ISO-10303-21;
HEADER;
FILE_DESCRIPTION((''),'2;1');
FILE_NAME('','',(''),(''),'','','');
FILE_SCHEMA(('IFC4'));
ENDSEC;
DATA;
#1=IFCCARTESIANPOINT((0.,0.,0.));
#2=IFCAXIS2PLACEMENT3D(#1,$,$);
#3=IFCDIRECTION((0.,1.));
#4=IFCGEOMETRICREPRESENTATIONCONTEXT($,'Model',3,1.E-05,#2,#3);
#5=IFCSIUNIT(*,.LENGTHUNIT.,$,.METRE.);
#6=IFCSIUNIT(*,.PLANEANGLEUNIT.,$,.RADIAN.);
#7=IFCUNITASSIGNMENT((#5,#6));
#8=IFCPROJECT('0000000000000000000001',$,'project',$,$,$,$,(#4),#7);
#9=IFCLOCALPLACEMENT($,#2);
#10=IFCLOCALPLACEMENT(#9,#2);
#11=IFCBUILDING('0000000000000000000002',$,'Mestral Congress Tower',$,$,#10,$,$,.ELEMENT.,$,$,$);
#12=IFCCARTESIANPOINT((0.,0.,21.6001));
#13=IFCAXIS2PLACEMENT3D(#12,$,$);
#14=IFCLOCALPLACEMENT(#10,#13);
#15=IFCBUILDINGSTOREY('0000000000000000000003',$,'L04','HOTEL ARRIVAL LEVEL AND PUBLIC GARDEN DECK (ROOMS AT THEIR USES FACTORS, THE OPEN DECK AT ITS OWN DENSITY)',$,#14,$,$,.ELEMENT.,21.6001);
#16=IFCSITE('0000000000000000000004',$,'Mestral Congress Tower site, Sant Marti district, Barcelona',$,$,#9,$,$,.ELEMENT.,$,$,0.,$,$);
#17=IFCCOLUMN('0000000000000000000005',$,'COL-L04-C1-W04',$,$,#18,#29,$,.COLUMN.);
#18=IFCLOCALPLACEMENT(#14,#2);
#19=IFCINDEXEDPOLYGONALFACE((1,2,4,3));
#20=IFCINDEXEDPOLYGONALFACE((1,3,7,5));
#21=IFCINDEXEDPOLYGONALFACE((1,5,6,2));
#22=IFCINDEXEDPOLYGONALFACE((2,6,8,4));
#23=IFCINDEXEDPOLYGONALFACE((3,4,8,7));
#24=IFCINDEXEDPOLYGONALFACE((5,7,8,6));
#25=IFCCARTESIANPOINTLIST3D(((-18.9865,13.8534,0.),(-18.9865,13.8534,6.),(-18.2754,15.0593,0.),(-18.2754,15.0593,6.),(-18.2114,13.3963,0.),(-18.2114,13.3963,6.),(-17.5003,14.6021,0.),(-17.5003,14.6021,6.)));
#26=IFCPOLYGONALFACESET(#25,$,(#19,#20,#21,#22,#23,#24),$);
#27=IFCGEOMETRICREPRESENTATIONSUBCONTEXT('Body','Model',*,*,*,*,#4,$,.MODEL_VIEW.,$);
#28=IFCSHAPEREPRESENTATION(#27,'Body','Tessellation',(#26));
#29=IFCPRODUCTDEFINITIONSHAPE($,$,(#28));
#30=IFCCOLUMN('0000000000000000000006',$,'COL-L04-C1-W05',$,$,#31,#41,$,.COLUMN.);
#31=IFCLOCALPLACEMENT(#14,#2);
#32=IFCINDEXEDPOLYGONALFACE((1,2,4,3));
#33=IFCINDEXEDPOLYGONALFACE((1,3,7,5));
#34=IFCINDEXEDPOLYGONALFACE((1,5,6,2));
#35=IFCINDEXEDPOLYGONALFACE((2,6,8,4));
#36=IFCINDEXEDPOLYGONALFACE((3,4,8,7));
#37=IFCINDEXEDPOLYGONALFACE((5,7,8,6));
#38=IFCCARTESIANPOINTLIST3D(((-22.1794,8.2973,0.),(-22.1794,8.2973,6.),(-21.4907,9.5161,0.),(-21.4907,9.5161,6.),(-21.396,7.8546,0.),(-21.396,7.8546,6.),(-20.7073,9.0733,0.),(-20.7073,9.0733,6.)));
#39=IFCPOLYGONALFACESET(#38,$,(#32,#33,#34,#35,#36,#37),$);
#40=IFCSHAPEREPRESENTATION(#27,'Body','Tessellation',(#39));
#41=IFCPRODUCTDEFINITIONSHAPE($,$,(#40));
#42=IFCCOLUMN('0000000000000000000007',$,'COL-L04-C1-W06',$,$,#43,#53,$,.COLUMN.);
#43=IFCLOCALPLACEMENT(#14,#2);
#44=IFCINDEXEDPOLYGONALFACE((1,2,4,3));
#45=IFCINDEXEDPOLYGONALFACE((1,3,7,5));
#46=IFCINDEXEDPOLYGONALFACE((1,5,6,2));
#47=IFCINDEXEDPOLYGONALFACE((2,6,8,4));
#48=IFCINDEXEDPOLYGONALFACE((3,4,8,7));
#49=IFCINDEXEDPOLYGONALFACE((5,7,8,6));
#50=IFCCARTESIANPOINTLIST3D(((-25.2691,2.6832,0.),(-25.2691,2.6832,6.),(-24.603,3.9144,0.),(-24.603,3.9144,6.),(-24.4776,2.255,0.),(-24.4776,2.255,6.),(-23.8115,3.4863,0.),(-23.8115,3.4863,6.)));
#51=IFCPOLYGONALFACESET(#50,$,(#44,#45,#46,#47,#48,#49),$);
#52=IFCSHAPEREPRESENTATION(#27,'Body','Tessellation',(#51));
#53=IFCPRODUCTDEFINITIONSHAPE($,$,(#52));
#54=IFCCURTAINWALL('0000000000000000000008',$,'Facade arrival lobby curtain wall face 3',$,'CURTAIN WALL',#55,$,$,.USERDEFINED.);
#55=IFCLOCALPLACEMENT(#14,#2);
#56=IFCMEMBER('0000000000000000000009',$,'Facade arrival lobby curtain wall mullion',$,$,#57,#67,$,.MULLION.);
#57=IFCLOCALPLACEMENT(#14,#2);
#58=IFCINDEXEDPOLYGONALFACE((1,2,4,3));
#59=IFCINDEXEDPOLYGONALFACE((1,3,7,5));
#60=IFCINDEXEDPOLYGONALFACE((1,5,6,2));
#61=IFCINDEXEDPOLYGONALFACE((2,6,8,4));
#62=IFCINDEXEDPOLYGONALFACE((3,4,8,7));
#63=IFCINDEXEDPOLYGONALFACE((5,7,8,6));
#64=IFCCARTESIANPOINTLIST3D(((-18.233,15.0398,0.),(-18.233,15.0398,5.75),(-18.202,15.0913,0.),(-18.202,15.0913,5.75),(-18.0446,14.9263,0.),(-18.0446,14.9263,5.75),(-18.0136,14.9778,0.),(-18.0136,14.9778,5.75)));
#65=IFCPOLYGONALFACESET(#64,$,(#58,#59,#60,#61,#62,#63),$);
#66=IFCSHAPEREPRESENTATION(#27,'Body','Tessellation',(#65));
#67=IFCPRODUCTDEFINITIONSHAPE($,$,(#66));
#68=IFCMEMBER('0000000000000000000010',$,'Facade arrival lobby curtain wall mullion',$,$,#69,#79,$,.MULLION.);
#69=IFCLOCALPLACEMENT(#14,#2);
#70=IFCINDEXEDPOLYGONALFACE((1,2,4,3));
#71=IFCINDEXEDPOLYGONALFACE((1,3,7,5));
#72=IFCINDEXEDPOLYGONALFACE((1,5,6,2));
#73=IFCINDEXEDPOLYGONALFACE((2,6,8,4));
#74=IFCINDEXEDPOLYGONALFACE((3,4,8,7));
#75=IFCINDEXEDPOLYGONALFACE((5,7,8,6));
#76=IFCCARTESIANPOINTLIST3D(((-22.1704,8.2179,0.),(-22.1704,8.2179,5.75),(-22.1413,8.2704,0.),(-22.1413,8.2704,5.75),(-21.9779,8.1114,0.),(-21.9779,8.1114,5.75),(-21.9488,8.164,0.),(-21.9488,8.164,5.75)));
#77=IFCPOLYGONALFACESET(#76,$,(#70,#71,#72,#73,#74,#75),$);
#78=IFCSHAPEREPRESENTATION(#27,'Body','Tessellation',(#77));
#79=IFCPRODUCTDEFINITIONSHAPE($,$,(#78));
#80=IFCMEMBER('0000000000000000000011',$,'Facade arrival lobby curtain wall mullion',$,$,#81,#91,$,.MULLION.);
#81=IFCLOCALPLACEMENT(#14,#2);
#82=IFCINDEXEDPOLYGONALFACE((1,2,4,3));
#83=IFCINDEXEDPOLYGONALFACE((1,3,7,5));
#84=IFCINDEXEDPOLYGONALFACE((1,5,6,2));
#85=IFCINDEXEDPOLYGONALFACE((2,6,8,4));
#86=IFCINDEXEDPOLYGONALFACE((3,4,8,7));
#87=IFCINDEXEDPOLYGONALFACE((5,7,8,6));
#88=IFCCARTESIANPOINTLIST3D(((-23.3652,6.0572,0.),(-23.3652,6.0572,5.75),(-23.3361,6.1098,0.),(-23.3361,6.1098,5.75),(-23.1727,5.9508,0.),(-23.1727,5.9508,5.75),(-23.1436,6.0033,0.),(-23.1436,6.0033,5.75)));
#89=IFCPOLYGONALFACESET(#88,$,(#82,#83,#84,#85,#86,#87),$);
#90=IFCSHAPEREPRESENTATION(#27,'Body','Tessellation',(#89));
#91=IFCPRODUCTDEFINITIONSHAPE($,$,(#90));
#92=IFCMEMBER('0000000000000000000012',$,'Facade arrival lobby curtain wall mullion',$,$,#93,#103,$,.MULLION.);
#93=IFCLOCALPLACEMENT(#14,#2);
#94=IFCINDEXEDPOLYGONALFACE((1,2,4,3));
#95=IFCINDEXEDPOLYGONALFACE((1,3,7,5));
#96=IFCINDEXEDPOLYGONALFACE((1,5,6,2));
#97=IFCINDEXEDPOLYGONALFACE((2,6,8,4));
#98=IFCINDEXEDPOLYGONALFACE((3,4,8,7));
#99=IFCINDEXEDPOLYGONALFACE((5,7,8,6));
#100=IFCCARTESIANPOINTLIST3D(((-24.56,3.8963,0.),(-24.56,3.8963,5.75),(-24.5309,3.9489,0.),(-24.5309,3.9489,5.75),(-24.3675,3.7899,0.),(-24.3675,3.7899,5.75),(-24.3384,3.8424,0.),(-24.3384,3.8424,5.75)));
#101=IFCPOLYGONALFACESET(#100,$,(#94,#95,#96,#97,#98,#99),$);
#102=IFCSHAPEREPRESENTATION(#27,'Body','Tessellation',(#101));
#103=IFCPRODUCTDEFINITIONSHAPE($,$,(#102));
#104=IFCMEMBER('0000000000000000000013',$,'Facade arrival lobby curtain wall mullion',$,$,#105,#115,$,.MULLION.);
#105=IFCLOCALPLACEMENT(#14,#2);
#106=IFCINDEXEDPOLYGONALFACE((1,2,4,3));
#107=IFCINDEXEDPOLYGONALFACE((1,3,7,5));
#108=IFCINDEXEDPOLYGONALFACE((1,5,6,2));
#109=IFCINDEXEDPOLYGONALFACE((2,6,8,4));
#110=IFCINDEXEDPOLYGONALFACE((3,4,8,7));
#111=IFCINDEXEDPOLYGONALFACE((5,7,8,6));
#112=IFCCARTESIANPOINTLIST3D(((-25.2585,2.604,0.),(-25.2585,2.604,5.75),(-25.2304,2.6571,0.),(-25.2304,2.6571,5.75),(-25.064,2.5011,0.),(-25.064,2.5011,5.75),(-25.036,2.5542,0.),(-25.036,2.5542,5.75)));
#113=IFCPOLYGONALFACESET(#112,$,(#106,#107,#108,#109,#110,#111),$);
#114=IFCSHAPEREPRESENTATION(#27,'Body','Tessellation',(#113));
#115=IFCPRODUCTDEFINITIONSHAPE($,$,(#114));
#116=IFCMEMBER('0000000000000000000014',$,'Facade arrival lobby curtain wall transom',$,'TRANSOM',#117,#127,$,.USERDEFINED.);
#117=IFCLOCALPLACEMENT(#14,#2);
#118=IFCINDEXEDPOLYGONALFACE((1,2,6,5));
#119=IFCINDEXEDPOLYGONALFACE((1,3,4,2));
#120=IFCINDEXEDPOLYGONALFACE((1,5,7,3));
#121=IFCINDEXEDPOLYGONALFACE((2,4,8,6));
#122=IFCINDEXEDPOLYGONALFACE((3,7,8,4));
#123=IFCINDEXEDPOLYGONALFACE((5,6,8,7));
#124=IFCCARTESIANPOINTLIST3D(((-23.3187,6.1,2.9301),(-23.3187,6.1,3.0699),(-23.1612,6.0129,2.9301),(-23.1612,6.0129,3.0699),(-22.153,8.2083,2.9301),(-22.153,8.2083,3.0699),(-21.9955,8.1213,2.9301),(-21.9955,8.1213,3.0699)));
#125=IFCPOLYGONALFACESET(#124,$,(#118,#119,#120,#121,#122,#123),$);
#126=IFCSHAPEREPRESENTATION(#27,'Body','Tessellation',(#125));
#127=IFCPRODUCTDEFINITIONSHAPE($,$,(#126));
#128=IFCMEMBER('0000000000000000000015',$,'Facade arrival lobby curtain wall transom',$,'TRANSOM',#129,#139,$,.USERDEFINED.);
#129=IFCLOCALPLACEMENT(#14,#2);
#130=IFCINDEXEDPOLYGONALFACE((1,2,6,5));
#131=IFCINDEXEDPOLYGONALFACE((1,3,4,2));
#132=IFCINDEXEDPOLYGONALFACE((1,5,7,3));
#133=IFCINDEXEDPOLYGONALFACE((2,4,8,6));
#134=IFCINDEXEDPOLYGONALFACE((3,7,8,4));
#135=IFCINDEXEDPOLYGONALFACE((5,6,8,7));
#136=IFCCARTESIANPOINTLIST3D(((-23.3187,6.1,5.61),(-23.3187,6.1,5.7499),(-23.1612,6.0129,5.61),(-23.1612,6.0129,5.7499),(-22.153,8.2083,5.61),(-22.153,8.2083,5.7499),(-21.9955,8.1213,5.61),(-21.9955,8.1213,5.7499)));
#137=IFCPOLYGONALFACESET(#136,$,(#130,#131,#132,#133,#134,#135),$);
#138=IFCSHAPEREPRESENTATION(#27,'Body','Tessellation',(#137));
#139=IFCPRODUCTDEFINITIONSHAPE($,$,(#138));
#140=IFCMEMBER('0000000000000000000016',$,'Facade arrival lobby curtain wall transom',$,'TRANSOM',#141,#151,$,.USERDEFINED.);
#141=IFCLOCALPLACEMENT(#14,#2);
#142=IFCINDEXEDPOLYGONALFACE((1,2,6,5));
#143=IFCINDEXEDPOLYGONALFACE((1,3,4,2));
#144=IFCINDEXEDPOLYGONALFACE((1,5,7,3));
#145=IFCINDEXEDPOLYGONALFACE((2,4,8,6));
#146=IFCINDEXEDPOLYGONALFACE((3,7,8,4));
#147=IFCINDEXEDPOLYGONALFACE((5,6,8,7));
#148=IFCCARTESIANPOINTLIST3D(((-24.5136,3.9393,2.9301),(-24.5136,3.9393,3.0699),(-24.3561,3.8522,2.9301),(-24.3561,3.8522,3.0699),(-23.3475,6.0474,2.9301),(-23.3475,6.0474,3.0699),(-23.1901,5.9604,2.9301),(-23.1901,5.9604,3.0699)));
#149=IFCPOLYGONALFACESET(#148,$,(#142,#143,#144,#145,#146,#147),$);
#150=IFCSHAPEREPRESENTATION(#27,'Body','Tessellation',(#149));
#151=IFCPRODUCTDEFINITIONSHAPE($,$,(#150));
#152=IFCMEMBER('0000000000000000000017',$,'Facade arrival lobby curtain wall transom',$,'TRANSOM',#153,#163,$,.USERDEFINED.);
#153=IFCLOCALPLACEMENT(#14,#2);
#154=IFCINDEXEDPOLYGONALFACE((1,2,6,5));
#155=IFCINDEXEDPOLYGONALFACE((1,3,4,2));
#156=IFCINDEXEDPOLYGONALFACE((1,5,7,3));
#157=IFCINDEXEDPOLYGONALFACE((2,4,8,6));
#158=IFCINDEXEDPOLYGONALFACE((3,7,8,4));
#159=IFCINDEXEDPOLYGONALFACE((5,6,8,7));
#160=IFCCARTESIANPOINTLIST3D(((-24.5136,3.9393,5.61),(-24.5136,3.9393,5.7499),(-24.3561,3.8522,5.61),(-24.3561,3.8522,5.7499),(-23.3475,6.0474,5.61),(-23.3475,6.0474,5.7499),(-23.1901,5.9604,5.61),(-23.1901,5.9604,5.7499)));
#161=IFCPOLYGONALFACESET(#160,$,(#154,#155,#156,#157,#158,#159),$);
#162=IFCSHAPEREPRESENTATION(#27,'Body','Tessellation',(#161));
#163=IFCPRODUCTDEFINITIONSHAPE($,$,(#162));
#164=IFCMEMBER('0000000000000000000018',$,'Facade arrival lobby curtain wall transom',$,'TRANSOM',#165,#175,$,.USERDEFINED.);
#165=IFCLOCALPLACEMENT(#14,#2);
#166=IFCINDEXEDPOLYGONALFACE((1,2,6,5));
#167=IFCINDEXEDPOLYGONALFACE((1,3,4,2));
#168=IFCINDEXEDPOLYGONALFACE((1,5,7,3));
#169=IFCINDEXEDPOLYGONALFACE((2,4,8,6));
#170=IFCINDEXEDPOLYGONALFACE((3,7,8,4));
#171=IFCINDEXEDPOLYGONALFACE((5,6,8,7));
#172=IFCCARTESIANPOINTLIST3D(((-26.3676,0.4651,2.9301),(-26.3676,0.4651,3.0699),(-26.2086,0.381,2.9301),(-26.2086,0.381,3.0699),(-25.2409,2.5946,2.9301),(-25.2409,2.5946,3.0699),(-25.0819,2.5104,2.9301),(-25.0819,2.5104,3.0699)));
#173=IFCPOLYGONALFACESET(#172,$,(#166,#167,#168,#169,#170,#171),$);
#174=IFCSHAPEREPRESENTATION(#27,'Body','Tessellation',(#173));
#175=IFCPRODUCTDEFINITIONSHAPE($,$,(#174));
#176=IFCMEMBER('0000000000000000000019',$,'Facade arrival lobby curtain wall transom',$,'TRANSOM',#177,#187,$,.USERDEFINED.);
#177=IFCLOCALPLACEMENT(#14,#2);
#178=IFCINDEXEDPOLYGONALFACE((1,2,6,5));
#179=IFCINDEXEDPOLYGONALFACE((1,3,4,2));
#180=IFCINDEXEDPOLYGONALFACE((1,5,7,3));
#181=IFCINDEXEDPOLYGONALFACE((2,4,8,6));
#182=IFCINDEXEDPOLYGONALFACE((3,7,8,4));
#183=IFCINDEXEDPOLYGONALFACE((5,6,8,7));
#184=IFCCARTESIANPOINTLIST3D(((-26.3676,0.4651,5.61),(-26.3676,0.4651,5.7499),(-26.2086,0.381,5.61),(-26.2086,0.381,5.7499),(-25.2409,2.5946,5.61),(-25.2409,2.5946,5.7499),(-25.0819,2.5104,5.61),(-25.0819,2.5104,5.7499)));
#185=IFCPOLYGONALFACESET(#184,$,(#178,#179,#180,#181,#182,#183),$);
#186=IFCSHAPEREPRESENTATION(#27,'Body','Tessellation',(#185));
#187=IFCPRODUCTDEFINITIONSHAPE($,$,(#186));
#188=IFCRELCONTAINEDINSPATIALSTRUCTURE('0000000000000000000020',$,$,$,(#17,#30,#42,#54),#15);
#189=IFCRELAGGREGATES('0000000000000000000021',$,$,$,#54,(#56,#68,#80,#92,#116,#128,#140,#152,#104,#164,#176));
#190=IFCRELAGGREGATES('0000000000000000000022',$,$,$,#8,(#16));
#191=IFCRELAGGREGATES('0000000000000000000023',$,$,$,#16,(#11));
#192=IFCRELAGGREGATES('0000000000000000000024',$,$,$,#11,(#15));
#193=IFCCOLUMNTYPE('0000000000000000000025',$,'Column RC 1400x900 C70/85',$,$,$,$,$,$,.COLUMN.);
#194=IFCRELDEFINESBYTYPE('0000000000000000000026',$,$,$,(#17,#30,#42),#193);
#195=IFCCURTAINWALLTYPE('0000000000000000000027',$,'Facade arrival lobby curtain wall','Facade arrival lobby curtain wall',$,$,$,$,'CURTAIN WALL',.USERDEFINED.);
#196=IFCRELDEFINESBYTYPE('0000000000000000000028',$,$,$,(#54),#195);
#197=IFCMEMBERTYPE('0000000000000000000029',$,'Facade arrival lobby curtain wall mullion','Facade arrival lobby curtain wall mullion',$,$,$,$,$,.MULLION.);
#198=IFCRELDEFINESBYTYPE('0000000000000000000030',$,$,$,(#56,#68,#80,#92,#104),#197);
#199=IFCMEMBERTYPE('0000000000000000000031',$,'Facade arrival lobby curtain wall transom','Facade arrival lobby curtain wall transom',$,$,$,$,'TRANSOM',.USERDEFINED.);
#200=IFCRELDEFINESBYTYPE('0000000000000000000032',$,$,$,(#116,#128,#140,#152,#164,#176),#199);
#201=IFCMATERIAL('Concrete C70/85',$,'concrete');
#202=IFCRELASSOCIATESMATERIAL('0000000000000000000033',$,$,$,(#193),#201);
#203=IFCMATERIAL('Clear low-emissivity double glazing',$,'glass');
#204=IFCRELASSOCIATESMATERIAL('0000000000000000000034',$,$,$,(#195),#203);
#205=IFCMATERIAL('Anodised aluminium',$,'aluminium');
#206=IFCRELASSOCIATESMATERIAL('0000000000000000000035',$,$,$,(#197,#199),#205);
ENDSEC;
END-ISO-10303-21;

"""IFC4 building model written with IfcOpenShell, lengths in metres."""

from ifc_helpers import new_model, si_unit, direction, frame, origin, origin_2d, place, context, subcontext, project, spatial, rectangle, extrude, material, material_profile, profile_set, type_object, element, aggregate, save


model = new_model("IFC4")

# Units and contexts
model_context = context("Model", 3, precision=1e-05, world=origin(), true_north=direction((0.0, 1.0)))
body_context = subcontext(model_context, "Body", "Model", "MODEL_VIEW")
ifc_project = project(units=[si_unit("LENGTHUNIT", "METRE"), si_unit("PLANEANGLEUNIT", "RADIAN")], contexts=[model_context])

# Site, building, storey
site_placement = place(None, origin())
site = spatial("IfcSite", under=ifc_project, at=site_placement, Name="Mestral Congress Tower site, Sant Marti district, Barcelona", CompositionType="ELEMENT", RefElevation=0.0)
building_placement = place(site_placement, origin())
building = spatial("IfcBuilding", under=site, at=building_placement, Name="Mestral Congress Tower", CompositionType="ELEMENT")
storey_placement = place(building_placement, frame((0.0, 0.0, 21.6001)))
storey = spatial("IfcBuildingStorey", under=building, at=storey_placement, Name="L04", Description="HOTEL ARRIVAL LEVEL AND PUBLIC GARDEN DECK (ROOMS AT THEIR USES FACTORS, THE OPEN DECK AT ITS OWN DENSITY)", CompositionType="ELEMENT", Elevation=21.6001)

# Columns
ifc_material_1 = material(Name="Concrete C70/85", Category="concrete")
ifc_material_profile_1 = material_profile(ifc_material_1, rectangle(XDim=1.3999, YDim=0.8999, at=origin_2d()), Name="RC 1400x900")
ifc_profile_set_1 = profile_set([ifc_material_profile_1], Name="Concrete C70/85")
column_type = type_object("IfcColumnType", Name="Column RC 1400x900 C70/85", PredefinedType="COLUMN", material=ifc_profile_set_1)
for number, where, z_axis, x_axis, name in (
    (1, (-18.2434, 14.2278, 0.0), (0.0, 0.0, 1.0), (-0.507983, -0.861367, 0.0), "COL-L04-C1-W04"),
    (2, (-21.4434, 8.6853, 0.0), (0.0, 0.0, 1.0), (-0.491974, -0.87061, 0.0), "COL-L04-C1-W05"),
    (3, (-24.5403, 3.0847, 0.0), (0.0, 0.0, 1.0), (-0.475796, -0.879556, 0.0), "COL-L04-C1-W06"),
):
    element("IfcColumn", number, at=place(storey_placement, frame(where, z_axis=z_axis, x_axis=x_axis)), inside=storey, type_object=column_type, Name=name, PredefinedType="COLUMN", context=body_context, shape_type="SweptSolid", body=[
        extrude(rectangle(XDim=1.3999, YDim=0.8999, at=origin_2d()), origin(), (0.0, 0.0, 1.0), 6.0),
    ])

# Curtain wall, members
ifc_material_2 = material(Name="Clear low-emissivity double glazing", Category="glass")
curtain_wall_type = type_object("IfcCurtainWallType", Name="Facade arrival lobby curtain wall", Description="Facade arrival lobby curtain wall", ElementType="CURTAIN WALL", PredefinedType="USERDEFINED", material=ifc_material_2)
curtain_wall_placement = place(storey_placement, origin())
curtain_wall = element("IfcCurtainWall", 4, at=curtain_wall_placement, inside=storey, type_object=curtain_wall_type, Name="Facade arrival lobby curtain wall face 3", ObjectType="CURTAIN WALL", PredefinedType="USERDEFINED")
ifc_material_3 = material(Name="Anodised aluminium", Category="aluminium")
ifc_material_profile_2 = material_profile(ifc_material_3, rectangle(XDim=0.22, YDim=0.0601, at=origin_2d()), Name="CW4 mullion 220 x 60")
ifc_profile_set_2 = profile_set([ifc_material_profile_2], Name="Anodised aluminium")
member_type_1 = type_object("IfcMemberType", Name="Facade arrival lobby curtain wall mullion", Description="Facade arrival lobby curtain wall mullion", PredefinedType="MULLION", material=ifc_profile_set_2)
member_1_placement = place(storey_placement, frame((-18.1233, 15.0088, 0.0), z_axis=(0.0, 0.0, 1.0), x_axis=(-0.856631, 0.515929, 0.0)))
member_1 = element("IfcMember", 5, at=member_1_placement, type_object=member_type_1, Name="Facade arrival lobby curtain wall mullion", PredefinedType="MULLION", context=body_context, shape_type="SweptSolid", body=[
    extrude(rectangle(XDim=0.22, YDim=0.0601, at=origin_2d()), origin(), (0.0, 0.0, 1.0), 5.75),
])
member_2_placement = place(storey_placement, frame((-22.0596, 8.1909, 0.0), z_axis=(0.0, 0.0, 1.0), x_axis=(-0.87512, 0.483906, 0.0)))
member_2 = element("IfcMember", 6, at=member_2_placement, type_object=member_type_1, Name="Facade arrival lobby curtain wall mullion", PredefinedType="MULLION", context=body_context, shape_type="SweptSolid", body=[
    extrude(rectangle(XDim=0.22, YDim=0.0601, at=origin_2d()), origin(), (0.0, 0.0, 1.0), 5.75),
])
member_3_placement = place(storey_placement, frame((-23.2544, 6.0303, 0.0), z_axis=(0.0, 0.0, 1.0), x_axis=(-0.87512, 0.483906, 0.0)))
member_3 = element("IfcMember", 7, at=member_3_placement, type_object=member_type_1, Name="Facade arrival lobby curtain wall mullion", PredefinedType="MULLION", context=body_context, shape_type="SweptSolid", body=[
    extrude(rectangle(XDim=0.22, YDim=0.0601, at=origin_2d()), origin(), (0.0, 0.0, 1.0), 5.75),
])
member_4_placement = place(storey_placement, frame((-24.4492, 3.8694, 0.0), z_axis=(0.0, 0.0, 1.0), x_axis=(-0.87512, 0.483906, 0.0)))
member_4 = element("IfcMember", 8, at=member_4_placement, type_object=member_type_1, Name="Facade arrival lobby curtain wall mullion", PredefinedType="MULLION", context=body_context, shape_type="SweptSolid", body=[
    extrude(rectangle(XDim=0.22, YDim=0.0601, at=origin_2d()), origin(), (0.0, 0.0, 1.0), 5.75),
])
member_5_placement = place(storey_placement, frame((-25.1472, 2.5791, 0.0), z_axis=(0.0, 0.0, 1.0), x_axis=(-0.883913, 0.467651, 0.0)))
member_5 = element("IfcMember", 9, at=member_5_placement, type_object=member_type_1, Name="Facade arrival lobby curtain wall mullion", PredefinedType="MULLION", context=body_context, shape_type="SweptSolid", body=[
    extrude(rectangle(XDim=0.22, YDim=0.0601, at=origin_2d()), origin(), (0.0, 0.0, 1.0), 5.75),
])
ifc_material_profile_3 = material_profile(ifc_material_3, rectangle(XDim=0.1799, YDim=0.1399, at=origin_2d()), Name="CW4 transom 180 x 140")
ifc_profile_set_3 = profile_set([ifc_material_profile_3], Name="Anodised aluminium")
member_type_2 = type_object("IfcMemberType", Name="Facade arrival lobby curtain wall transom", Description="Facade arrival lobby curtain wall transom", ElementType="TRANSOM", PredefinedType="USERDEFINED", material=ifc_profile_set_3)
member_6_placement = place(storey_placement, frame((-22.0742, 8.1648, 3.0), z_axis=(-0.483878, -0.875135, 0.0), x_axis=(0.875135, -0.483878, 0.0)))
member_6 = element("IfcMember", 10, at=member_6_placement, type_object=member_type_2, Name="Facade arrival lobby curtain wall transom", ObjectType="TRANSOM", PredefinedType="USERDEFINED", context=body_context, shape_type="SweptSolid", body=[
    extrude(rectangle(XDim=0.1799, YDim=0.1399, at=origin_2d()), origin(), (0.0, 0.0, 1.0), 2.4092),
])
member_7_placement = place(storey_placement, frame((-22.0742, 8.1648, 5.6799), z_axis=(-0.483878, -0.875135, 0.0), x_axis=(0.875135, -0.483878, 0.0)))
member_7 = element("IfcMember", 11, at=member_7_placement, type_object=member_type_2, Name="Facade arrival lobby curtain wall transom", ObjectType="TRANSOM", PredefinedType="USERDEFINED", context=body_context, shape_type="SweptSolid", body=[
    extrude(rectangle(XDim=0.1799, YDim=0.1399, at=origin_2d()), origin(), (0.0, 0.0, 1.0), 2.4092),
])
member_8_placement = place(storey_placement, frame((-23.2688, 6.0039, 3.0), z_axis=(-0.483999, -0.875069, 0.0), x_axis=(0.875069, -0.483999, 0.0)))
member_8 = element("IfcMember", 12, at=member_8_placement, type_object=member_type_2, Name="Facade arrival lobby curtain wall transom", ObjectType="TRANSOM", PredefinedType="USERDEFINED", context=body_context, shape_type="SweptSolid", body=[
    extrude(rectangle(XDim=0.1799, YDim=0.1399, at=origin_2d()), origin(), (0.0, 0.0, 1.0), 2.4092),
])
member_9_placement = place(storey_placement, frame((-23.2688, 6.0039, 5.6799), z_axis=(-0.483999, -0.875069, 0.0), x_axis=(0.875069, -0.483999, 0.0)))
member_9 = element("IfcMember", 13, at=member_9_placement, type_object=member_type_2, Name="Facade arrival lobby curtain wall transom", ObjectType="TRANSOM", PredefinedType="USERDEFINED", context=body_context, shape_type="SweptSolid", body=[
    extrude(rectangle(XDim=0.1799, YDim=0.1399, at=origin_2d()), origin(), (0.0, 0.0, 1.0), 2.4092),
])
member_10_placement = place(storey_placement, frame((-25.1614, 2.5525, 3.0), z_axis=(-0.467687, -0.883894, 0.0), x_axis=(0.883894, -0.467687, 0.0)))
member_10 = element("IfcMember", 14, at=member_10_placement, type_object=member_type_2, Name="Facade arrival lobby curtain wall transom", ObjectType="TRANSOM", PredefinedType="USERDEFINED", context=body_context, shape_type="SweptSolid", body=[
    extrude(rectangle(XDim=0.1799, YDim=0.1399, at=origin_2d()), origin(), (0.0, 0.0, 1.0), 2.4092),
])
member_11_placement = place(storey_placement, frame((-25.1614, 2.5525, 5.6799), z_axis=(-0.467687, -0.883894, 0.0), x_axis=(0.883894, -0.467687, 0.0)))
member_11 = element("IfcMember", 15, at=member_11_placement, type_object=member_type_2, Name="Facade arrival lobby curtain wall transom", ObjectType="TRANSOM", PredefinedType="USERDEFINED", context=body_context, shape_type="SweptSolid", body=[
    extrude(rectangle(XDim=0.1799, YDim=0.1399, at=origin_2d()), origin(), (0.0, 0.0, 1.0), 2.4092),
])

aggregate(curtain_wall, [member_1, member_2, member_3, member_4, member_6, member_7, member_8, member_9, member_5, member_10, member_11])

save(model, "model.ifc")
